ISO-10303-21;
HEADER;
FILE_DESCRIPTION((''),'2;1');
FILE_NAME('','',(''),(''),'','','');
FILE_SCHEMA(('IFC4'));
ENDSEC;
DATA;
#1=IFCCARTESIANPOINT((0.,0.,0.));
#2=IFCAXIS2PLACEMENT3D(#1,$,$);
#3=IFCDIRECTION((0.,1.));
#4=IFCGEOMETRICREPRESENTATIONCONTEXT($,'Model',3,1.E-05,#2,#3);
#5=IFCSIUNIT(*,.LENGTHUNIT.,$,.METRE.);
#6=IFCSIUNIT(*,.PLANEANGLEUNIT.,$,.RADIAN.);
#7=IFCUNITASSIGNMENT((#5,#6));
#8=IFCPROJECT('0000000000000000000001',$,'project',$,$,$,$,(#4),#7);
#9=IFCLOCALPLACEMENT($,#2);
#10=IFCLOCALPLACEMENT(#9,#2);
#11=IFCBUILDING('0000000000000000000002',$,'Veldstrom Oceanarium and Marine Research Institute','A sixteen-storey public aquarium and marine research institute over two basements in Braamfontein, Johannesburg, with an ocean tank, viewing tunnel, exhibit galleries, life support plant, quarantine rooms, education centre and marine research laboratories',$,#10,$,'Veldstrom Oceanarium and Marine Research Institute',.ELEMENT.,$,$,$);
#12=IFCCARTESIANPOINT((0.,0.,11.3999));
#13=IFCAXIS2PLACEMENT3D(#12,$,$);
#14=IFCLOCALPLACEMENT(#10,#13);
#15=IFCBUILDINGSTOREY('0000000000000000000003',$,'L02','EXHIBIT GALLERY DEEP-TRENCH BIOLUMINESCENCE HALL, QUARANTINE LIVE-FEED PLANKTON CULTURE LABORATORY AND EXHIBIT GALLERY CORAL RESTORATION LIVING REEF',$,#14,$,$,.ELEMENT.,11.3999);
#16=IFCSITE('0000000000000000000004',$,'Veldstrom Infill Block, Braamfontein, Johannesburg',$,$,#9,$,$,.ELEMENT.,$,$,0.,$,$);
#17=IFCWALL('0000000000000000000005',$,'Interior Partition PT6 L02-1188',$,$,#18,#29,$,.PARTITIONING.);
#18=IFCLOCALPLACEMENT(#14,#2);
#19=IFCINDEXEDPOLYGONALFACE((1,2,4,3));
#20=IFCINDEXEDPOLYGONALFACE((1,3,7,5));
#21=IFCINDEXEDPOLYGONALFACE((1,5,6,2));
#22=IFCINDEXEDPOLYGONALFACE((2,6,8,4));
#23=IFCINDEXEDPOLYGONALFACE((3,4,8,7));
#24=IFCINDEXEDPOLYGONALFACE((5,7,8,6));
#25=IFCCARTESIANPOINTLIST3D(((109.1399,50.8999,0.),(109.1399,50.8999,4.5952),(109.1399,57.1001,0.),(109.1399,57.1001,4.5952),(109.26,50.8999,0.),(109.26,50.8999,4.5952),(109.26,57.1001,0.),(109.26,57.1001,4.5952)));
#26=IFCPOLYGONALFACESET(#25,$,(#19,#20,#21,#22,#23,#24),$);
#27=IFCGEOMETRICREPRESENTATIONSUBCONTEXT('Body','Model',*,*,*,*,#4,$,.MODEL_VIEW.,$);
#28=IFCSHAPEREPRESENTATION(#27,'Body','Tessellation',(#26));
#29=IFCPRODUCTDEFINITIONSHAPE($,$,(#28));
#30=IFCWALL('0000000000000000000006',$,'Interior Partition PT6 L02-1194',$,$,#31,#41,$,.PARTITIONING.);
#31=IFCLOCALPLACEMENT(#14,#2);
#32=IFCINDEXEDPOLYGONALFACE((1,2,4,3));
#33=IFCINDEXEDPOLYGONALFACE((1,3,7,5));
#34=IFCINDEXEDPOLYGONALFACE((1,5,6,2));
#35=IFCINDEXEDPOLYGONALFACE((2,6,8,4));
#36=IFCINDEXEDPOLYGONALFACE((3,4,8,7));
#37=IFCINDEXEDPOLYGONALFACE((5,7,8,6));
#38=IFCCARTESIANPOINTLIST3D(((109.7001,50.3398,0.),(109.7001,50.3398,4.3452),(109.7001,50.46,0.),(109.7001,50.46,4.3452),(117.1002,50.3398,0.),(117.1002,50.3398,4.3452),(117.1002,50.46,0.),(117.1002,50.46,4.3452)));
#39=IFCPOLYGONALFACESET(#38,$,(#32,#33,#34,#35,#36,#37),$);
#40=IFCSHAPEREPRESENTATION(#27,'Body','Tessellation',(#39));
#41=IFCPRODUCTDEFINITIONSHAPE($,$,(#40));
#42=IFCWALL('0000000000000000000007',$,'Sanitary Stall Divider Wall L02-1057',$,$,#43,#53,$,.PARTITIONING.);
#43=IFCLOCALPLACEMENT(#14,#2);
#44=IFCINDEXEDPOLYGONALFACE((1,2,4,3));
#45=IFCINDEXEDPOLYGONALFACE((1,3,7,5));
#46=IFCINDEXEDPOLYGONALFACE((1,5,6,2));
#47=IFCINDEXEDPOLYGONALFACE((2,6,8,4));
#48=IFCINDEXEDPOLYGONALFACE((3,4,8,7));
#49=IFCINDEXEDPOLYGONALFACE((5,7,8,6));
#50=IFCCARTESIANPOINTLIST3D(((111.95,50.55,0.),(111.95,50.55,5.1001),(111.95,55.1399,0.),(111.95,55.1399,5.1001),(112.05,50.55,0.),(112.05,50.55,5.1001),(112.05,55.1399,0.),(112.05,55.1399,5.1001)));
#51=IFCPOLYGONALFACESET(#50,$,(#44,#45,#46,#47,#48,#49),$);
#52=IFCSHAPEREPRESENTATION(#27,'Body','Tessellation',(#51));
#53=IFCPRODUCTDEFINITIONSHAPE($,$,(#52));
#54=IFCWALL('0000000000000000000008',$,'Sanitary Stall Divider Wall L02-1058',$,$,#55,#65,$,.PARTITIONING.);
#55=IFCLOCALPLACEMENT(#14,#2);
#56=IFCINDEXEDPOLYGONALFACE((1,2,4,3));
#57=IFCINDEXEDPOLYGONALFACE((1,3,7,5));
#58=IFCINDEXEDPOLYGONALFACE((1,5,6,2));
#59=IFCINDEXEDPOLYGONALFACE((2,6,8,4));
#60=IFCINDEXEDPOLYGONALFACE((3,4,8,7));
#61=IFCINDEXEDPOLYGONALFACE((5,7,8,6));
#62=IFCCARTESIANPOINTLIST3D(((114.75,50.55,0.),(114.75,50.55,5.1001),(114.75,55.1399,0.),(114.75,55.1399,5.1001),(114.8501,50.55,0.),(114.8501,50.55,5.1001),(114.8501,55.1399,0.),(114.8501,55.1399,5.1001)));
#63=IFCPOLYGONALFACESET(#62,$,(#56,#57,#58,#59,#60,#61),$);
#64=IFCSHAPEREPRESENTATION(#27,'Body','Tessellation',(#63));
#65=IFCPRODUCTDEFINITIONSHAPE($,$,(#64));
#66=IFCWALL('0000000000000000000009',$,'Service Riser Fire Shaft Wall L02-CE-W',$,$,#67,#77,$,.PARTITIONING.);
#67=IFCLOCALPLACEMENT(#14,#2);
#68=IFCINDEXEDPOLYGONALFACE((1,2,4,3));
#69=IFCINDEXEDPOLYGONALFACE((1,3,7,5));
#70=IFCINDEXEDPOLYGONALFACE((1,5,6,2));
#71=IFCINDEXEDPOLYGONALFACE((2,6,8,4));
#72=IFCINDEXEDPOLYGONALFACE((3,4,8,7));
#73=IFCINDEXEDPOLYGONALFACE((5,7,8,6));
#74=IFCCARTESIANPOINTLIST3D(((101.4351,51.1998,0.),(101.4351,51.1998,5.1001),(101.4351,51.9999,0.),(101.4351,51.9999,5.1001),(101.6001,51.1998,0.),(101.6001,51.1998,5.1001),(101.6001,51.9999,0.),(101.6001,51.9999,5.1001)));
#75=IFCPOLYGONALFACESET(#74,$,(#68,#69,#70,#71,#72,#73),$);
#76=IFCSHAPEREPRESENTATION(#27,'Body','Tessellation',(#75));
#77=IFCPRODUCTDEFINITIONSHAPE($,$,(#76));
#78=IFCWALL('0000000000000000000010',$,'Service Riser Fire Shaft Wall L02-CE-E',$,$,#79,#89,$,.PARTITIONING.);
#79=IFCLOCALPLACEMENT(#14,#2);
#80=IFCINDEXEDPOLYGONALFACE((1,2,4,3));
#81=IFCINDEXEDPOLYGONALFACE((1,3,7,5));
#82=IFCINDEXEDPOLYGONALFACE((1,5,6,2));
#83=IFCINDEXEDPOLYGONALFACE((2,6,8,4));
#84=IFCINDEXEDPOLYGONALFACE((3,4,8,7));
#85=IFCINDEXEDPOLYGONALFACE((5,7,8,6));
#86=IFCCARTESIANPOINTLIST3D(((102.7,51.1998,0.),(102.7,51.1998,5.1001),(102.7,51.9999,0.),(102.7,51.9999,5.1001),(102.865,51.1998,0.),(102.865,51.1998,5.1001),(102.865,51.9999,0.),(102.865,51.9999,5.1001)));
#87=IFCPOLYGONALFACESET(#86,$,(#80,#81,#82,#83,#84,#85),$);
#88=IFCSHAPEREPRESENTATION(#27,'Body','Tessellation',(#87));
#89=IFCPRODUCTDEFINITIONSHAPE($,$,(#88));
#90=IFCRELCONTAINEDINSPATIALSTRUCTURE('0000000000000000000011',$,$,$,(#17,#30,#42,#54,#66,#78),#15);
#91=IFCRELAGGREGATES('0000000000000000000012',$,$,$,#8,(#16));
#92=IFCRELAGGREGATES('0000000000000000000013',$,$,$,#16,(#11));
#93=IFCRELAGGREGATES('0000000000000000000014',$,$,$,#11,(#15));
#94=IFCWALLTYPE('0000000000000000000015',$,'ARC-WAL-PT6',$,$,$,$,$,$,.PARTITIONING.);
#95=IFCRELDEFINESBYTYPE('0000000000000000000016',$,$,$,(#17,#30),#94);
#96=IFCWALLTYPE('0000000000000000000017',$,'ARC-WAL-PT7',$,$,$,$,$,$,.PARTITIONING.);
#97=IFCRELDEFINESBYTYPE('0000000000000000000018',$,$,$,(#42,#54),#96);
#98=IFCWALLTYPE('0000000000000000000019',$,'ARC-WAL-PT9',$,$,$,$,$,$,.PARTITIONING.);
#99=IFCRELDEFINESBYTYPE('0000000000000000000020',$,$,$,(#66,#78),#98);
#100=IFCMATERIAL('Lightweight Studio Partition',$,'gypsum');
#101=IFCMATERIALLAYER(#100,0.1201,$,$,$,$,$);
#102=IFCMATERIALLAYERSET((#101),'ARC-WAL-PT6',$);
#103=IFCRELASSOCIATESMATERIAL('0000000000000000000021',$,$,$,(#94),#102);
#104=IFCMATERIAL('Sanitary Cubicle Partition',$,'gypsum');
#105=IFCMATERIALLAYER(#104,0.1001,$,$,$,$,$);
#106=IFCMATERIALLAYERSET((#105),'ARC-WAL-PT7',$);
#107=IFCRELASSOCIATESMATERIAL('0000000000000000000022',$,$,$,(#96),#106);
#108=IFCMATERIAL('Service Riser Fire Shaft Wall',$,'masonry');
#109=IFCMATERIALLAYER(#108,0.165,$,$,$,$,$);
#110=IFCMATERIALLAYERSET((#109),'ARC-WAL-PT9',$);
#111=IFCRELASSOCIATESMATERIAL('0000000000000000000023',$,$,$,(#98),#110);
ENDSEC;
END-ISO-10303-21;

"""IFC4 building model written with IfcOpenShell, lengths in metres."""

from ifc_helpers import new_model, si_unit, direction, frame, frame_2d, origin, place, context, subcontext, project, spatial, rectangle, extrude, material, layer, layer_set, type_object, element, save


model = new_model("IFC4")

# Units and contexts
model_context = context("Model", 3, precision=1e-05, world=origin(), true_north=direction((0.0, 1.0)))
body_context = subcontext(model_context, "Body", "Model", "MODEL_VIEW")
ifc_project = project(units=[si_unit("LENGTHUNIT", "METRE"), si_unit("PLANEANGLEUNIT", "RADIAN")], contexts=[model_context])

# Site, building, storey
site_placement = place(None, origin())
site = spatial("IfcSite", under=ifc_project, at=site_placement, Name="Veldstrom Infill Block, Braamfontein, Johannesburg", CompositionType="ELEMENT", RefElevation=0.0)
building_placement = place(site_placement, origin())
building = spatial("IfcBuilding", under=site, at=building_placement, Name="Veldstrom Oceanarium and Marine Research Institute", Description="A sixteen-storey public aquarium and marine research institute over two basements in Braamfontein, Johannesburg, with an ocean tank, viewing tunnel, exhibit galleries, life support plant, quarantine rooms, education centre and marine research laboratories", LongName="Veldstrom Oceanarium and Marine Research Institute", CompositionType="ELEMENT")
storey_placement = place(building_placement, frame((0.0, 0.0, 11.3999)))
storey = spatial("IfcBuildingStorey", under=building, at=storey_placement, Name="L02", Description="EXHIBIT GALLERY DEEP-TRENCH BIOLUMINESCENCE HALL, QUARANTINE LIVE-FEED PLANKTON CULTURE LABORATORY AND EXHIBIT GALLERY CORAL RESTORATION LIVING REEF", CompositionType="ELEMENT", Elevation=11.3999)

# Shared definitions
ifc_material_1 = material(Name="Lightweight Studio Partition", Category="gypsum")
ifc_layer_1 = layer(ifc_material_1, 0.1201)
ifc_layer_set_1 = layer_set([ifc_layer_1], Name="ARC-WAL-PT6")
wall_type_1 = type_object("IfcWallType", Name="ARC-WAL-PT6", PredefinedType="PARTITIONING", material=ifc_layer_set_1)

# Walls
wall_1_placement = place(storey_placement, frame((109.2, 50.8999, 0.0), z_axis=(0.0, 0.0, 1.0), x_axis=(0.0, 1.0, 0.0)))
element("IfcWall", 1, at=wall_1_placement, inside=storey, type_object=wall_type_1, Name="Interior Partition PT6 L02-1188", PredefinedType="PARTITIONING", context=body_context, shape_type="SweptSolid", body=[
    extrude(rectangle(XDim=6.2002, YDim=0.1201, at=frame_2d((3.1001, 0.0))), origin(), (0.0, 0.0, 1.0), 4.5952),
])
wall_2_placement = place(storey_placement, frame((109.7, 50.3999, 0.0), z_axis=(0.0, 0.0, 1.0), x_axis=(1.0, 0.0, 0.0)))
element("IfcWall", 2, at=wall_2_placement, inside=storey, type_object=wall_type_1, Name="Interior Partition PT6 L02-1194", PredefinedType="PARTITIONING", context=body_context, shape_type="SweptSolid", body=[
    extrude(rectangle(XDim=7.4001, YDim=0.1201, at=frame_2d((3.7002, 0.0))), origin(), (0.0, 0.0, 1.0), 4.3452),
])
ifc_material_2 = material(Name="Sanitary Cubicle Partition", Category="gypsum")
ifc_layer_2 = layer(ifc_material_2, 0.1001)
ifc_layer_set_2 = layer_set([ifc_layer_2], Name="ARC-WAL-PT7")
wall_type_2 = type_object("IfcWallType", Name="ARC-WAL-PT7", PredefinedType="PARTITIONING", material=ifc_layer_set_2)
for number, where, z_axis, x_axis, name in (
    (3, (112.0, 50.55, 0.0), (0.0, 0.0, 1.0), (0.0, 1.0, 0.0), "Sanitary Stall Divider Wall L02-1057"),
    (4, (114.8, 50.55, 0.0), (0.0, 0.0, 1.0), (0.0, 1.0, 0.0), "Sanitary Stall Divider Wall L02-1058"),
):
    element("IfcWall", number, at=place(storey_placement, frame(where, z_axis=z_axis, x_axis=x_axis)), inside=storey, type_object=wall_type_2, Name=name, PredefinedType="PARTITIONING", context=body_context, shape_type="SweptSolid", body=[
        extrude(rectangle(XDim=4.5898, YDim=0.1001, at=frame_2d((2.2949, 0.0))), origin(), (0.0, 0.0, 1.0), 5.1001),
    ])
ifc_material_3 = material(Name="Service Riser Fire Shaft Wall", Category="masonry")
ifc_layer_3 = layer(ifc_material_3, 0.165)
ifc_layer_set_3 = layer_set([ifc_layer_3], Name="ARC-WAL-PT9")
wall_type_3 = type_object("IfcWallType", Name="ARC-WAL-PT9", PredefinedType="PARTITIONING", material=ifc_layer_set_3)
for number, where, z_axis, x_axis, name in (
    (5, (101.5176, 51.2, 0.0), (0.0, 0.0, 1.0), (0.0, 1.0, 0.0), "Service Riser Fire Shaft Wall L02-CE-W"),
    (6, (102.7825, 51.2, 0.0), (0.0, 0.0, 1.0), (0.0, 1.0, 0.0), "Service Riser Fire Shaft Wall L02-CE-E"),
):
    element("IfcWall", number, at=place(storey_placement, frame(where, z_axis=z_axis, x_axis=x_axis)), inside=storey, type_object=wall_type_3, Name=name, PredefinedType="PARTITIONING", context=body_context, shape_type="SweptSolid", body=[
        extrude(rectangle(XDim=0.8, YDim=0.165, at=frame_2d((0.3999, 0.0))), origin(), (0.0, 0.0, 1.0), 5.1001),
    ])

save(model, "model.ifc")
